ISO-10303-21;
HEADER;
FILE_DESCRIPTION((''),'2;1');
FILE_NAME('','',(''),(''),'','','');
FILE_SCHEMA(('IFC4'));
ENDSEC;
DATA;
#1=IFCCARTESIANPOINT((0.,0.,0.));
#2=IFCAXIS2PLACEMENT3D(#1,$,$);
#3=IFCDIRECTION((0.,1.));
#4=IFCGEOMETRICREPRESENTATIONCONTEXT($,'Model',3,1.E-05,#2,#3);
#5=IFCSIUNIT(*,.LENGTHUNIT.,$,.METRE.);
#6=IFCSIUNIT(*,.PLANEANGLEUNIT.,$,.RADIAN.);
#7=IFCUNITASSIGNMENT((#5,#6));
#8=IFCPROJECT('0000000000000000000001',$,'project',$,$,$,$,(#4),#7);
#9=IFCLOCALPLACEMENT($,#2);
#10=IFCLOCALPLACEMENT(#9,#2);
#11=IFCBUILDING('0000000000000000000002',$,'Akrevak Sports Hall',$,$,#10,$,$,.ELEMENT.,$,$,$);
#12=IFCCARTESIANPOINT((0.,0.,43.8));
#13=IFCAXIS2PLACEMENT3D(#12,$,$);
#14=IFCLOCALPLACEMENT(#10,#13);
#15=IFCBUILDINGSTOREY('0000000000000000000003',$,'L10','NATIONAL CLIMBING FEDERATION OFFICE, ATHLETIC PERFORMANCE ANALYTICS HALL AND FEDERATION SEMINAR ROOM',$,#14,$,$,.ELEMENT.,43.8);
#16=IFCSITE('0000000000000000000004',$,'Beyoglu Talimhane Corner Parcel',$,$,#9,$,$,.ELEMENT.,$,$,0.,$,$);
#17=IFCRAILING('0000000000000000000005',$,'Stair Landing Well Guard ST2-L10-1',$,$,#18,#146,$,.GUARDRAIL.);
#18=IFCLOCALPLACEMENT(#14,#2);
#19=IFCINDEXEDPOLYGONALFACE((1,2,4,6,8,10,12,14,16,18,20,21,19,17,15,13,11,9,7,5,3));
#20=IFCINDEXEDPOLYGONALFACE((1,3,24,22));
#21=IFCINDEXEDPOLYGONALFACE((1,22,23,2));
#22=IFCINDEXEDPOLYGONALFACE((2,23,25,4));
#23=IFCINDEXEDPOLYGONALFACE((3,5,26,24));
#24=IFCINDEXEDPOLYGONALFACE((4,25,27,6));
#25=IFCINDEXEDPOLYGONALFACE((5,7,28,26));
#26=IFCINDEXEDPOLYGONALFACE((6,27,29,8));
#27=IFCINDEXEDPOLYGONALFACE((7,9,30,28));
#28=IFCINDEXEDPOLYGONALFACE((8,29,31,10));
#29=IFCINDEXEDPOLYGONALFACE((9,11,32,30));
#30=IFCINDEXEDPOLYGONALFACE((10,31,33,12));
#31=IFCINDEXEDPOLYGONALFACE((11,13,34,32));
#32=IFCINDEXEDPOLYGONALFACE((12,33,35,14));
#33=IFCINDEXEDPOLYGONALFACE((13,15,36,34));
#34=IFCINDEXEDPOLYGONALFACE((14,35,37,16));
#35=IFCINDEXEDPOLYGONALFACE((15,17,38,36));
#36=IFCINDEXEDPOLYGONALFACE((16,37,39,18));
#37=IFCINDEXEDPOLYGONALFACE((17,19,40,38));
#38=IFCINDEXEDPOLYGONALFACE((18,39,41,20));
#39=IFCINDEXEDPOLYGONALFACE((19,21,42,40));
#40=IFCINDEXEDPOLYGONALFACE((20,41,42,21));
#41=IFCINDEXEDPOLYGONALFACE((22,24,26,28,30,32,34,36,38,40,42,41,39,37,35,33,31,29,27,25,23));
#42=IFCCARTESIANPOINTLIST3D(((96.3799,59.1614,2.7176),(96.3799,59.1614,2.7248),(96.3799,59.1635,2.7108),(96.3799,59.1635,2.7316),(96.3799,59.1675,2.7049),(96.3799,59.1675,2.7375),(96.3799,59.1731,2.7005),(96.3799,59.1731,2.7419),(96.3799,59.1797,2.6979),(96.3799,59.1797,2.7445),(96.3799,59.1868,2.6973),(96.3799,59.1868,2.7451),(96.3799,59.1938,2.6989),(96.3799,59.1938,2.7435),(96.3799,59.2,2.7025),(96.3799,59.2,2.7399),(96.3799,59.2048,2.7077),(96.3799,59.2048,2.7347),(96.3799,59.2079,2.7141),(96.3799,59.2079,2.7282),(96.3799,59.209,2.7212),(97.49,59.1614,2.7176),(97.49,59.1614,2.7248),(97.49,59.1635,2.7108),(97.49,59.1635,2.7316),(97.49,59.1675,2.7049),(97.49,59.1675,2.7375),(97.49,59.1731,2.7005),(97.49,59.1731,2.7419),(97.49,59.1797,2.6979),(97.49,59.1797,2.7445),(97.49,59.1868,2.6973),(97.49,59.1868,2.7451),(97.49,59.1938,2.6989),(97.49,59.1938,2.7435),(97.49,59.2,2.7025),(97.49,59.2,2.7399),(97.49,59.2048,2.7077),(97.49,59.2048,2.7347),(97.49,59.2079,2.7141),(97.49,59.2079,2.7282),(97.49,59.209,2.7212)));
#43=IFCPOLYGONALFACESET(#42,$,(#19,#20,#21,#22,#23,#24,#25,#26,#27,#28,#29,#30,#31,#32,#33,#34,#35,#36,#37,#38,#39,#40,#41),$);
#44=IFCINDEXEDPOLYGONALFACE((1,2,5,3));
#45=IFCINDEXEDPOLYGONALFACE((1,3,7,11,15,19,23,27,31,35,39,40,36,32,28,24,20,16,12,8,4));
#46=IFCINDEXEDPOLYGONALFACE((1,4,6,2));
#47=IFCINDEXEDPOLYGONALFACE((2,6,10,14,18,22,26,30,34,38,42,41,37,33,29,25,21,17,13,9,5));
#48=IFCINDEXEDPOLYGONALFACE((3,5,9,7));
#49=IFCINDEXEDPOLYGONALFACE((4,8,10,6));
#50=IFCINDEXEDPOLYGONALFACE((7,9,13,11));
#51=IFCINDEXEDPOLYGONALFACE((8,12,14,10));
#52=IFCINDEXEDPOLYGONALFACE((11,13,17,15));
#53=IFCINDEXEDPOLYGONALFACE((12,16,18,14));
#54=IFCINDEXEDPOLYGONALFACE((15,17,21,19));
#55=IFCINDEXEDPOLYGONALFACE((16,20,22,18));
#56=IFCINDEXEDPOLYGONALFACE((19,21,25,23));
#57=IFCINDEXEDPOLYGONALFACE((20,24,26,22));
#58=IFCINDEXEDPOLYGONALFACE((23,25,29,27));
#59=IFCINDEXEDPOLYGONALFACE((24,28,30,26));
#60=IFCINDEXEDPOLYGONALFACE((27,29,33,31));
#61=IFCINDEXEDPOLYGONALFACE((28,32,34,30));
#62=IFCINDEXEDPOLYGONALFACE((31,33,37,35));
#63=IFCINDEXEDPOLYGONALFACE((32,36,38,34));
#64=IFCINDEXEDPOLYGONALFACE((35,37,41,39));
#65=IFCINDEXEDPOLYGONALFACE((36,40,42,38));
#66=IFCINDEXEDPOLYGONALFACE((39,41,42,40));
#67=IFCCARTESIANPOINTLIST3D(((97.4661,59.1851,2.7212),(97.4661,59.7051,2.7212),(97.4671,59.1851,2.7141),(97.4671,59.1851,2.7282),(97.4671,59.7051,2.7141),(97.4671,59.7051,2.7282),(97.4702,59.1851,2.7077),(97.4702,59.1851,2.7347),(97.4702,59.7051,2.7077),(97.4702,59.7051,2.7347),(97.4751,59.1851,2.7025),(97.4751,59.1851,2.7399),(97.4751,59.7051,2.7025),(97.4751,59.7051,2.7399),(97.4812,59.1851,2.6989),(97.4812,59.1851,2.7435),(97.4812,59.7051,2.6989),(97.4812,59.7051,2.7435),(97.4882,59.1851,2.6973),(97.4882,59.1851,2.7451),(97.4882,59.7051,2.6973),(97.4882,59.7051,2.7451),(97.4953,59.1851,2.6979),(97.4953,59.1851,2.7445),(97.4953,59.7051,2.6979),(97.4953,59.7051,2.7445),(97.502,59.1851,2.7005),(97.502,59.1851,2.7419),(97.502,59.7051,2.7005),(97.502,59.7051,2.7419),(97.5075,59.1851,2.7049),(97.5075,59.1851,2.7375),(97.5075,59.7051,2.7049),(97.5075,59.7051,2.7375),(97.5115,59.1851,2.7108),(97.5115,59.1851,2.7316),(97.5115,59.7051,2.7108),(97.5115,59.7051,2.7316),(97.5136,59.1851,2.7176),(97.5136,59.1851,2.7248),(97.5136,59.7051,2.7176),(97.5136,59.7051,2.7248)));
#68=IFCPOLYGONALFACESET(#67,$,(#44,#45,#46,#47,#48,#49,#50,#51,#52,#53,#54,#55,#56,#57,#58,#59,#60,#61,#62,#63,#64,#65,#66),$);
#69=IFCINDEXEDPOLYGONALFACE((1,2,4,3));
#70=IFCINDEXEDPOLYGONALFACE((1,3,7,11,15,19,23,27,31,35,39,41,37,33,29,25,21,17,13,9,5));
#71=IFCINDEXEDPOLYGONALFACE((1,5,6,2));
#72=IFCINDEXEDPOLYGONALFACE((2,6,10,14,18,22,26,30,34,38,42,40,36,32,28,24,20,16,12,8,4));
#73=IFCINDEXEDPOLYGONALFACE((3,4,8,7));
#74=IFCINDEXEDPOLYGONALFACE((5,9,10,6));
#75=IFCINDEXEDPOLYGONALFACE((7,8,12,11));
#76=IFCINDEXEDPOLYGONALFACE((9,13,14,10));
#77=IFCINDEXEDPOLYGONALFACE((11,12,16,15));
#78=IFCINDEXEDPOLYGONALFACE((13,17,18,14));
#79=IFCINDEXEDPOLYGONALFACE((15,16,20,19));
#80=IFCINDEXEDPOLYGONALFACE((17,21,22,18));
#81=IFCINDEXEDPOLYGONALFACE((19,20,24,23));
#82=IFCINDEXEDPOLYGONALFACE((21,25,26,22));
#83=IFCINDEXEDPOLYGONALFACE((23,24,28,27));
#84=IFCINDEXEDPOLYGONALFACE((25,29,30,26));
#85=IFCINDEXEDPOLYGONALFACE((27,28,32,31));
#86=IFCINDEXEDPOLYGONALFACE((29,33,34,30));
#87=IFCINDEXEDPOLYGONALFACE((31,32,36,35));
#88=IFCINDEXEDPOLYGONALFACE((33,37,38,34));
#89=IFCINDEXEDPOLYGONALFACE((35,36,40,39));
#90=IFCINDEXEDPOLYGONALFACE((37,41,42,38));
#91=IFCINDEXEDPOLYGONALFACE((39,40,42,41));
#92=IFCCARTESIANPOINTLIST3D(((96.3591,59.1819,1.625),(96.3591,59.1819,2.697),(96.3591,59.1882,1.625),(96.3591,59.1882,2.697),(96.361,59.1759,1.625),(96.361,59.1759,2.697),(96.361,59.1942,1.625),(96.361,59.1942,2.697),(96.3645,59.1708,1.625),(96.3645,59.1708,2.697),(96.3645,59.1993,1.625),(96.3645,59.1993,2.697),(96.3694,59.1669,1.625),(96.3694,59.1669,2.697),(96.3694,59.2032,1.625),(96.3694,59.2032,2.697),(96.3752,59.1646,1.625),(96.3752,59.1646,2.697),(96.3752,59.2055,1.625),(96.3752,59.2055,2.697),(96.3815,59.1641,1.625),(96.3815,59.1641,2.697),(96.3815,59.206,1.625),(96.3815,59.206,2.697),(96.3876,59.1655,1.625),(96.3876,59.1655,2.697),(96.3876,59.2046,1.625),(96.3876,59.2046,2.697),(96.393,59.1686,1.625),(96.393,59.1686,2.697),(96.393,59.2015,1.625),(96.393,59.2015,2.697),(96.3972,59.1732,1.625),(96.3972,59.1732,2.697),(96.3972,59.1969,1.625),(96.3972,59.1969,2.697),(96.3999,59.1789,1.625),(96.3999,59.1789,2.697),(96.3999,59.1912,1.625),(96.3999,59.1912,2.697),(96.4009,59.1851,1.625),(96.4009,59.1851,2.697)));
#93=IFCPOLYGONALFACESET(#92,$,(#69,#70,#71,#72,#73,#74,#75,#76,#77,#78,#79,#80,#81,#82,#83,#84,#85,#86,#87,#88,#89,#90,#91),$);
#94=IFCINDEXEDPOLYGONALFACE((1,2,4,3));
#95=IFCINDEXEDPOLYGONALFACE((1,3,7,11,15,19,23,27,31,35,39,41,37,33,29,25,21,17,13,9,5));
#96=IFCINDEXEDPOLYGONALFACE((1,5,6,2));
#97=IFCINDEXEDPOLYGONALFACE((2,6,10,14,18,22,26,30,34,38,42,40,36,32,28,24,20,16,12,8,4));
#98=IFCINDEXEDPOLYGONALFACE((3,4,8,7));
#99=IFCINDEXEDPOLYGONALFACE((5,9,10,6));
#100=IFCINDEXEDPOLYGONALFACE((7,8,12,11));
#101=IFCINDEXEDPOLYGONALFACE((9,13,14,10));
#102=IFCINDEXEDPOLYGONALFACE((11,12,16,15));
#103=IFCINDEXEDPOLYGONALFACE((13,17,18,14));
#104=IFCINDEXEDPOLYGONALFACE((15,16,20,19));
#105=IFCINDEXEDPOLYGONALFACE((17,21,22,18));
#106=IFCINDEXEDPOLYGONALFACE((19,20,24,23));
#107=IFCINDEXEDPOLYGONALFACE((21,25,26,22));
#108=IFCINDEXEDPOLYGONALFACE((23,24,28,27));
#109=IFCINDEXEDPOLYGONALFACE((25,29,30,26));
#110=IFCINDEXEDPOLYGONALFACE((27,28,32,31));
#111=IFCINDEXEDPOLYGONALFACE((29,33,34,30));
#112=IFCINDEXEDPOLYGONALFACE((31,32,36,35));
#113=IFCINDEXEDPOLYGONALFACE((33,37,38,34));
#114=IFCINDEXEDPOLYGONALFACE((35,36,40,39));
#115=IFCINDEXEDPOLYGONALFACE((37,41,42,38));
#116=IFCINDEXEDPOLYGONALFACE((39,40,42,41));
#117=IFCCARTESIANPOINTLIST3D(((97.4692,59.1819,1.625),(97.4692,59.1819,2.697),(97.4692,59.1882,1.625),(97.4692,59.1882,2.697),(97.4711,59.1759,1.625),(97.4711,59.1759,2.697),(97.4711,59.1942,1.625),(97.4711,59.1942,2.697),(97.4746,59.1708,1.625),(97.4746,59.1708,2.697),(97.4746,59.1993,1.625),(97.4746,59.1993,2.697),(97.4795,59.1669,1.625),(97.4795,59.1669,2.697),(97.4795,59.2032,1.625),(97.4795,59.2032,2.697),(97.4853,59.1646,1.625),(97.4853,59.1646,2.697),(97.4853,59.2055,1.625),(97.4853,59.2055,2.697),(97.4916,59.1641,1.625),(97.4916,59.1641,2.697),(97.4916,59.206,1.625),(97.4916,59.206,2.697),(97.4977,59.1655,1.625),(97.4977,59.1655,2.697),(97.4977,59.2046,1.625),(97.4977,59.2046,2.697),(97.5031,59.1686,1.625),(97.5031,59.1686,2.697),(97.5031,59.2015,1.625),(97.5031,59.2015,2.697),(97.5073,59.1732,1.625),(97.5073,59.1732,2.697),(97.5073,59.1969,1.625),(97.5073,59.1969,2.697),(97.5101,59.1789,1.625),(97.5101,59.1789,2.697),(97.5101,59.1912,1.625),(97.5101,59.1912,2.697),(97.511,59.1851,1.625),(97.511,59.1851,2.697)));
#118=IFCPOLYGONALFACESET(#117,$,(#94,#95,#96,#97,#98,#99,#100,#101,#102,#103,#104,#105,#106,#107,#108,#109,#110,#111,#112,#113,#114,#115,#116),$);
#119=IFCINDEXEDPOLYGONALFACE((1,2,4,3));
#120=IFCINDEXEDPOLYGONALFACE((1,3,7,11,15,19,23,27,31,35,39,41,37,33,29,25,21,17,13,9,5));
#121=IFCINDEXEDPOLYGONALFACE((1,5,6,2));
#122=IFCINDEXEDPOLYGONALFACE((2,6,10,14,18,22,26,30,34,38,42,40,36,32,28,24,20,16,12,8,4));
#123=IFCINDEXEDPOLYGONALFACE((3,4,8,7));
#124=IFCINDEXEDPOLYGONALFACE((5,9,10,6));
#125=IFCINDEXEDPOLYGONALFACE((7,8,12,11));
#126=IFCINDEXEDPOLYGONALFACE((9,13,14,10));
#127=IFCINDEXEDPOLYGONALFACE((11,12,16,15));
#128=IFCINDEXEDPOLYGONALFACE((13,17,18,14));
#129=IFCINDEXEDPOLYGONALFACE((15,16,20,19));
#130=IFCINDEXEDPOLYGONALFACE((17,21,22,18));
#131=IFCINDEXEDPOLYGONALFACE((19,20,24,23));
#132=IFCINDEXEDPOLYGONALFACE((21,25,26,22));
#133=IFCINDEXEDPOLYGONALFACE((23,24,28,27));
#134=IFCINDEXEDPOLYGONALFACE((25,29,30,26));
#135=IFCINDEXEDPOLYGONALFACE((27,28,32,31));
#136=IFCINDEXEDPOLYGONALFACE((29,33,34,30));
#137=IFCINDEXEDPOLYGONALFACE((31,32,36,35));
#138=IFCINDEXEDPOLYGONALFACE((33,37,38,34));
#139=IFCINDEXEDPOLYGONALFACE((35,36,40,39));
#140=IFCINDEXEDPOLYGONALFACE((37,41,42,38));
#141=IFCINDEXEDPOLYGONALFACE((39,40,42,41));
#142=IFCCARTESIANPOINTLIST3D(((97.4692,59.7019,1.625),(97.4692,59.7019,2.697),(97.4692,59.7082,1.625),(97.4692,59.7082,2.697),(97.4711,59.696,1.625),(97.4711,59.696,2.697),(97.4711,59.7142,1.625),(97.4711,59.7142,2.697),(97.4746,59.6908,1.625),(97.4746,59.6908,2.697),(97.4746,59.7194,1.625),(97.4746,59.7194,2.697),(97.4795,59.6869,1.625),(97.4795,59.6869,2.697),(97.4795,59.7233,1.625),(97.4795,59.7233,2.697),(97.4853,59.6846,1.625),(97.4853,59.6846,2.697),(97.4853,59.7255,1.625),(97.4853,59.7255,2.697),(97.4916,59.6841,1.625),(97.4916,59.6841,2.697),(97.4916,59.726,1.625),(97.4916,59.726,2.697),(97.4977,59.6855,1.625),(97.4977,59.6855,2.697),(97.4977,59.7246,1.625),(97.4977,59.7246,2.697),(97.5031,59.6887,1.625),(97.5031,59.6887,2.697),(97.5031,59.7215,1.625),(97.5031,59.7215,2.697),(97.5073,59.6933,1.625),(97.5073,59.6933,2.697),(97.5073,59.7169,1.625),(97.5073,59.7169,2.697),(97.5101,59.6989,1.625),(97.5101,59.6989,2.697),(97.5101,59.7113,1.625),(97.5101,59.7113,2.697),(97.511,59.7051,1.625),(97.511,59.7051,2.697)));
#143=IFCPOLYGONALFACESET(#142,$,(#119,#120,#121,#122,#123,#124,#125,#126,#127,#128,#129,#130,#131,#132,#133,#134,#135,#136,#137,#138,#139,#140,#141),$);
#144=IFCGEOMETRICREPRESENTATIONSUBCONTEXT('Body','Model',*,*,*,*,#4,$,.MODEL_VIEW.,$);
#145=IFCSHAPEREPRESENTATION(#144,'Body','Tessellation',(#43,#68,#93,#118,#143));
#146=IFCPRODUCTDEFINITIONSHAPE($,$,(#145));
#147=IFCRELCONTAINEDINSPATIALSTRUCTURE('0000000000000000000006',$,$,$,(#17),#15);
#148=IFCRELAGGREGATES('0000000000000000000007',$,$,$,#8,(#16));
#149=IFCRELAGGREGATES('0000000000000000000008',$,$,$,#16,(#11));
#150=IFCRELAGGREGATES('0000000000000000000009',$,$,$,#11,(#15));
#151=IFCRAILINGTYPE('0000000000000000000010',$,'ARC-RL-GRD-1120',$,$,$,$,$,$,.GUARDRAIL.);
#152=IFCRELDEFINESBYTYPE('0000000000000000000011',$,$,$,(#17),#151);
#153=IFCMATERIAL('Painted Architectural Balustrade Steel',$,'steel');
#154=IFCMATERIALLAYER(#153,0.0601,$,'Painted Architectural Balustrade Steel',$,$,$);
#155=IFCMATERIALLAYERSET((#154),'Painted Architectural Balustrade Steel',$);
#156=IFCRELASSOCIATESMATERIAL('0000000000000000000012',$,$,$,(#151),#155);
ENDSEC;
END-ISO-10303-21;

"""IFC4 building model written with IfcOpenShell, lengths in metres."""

from ifc_helpers import new_model, si_unit, direction, frame, origin, origin_2d, place, context, subcontext, project, spatial, circle, extrude, material, layer, layer_set, type_object, element, save


model = new_model("IFC4")

# Units and contexts
model_context = context("Model", 3, precision=1e-05, world=origin(), true_north=direction((0.0, 1.0)))
body_context = subcontext(model_context, "Body", "Model", "MODEL_VIEW")
ifc_project = project(units=[si_unit("LENGTHUNIT", "METRE"), si_unit("PLANEANGLEUNIT", "RADIAN")], contexts=[model_context])

# Site, building, storey
site_placement = place(None, origin())
site = spatial("IfcSite", under=ifc_project, at=site_placement, Name="Beyoglu Talimhane Corner Parcel", CompositionType="ELEMENT", RefElevation=0.0)
building_placement = place(site_placement, origin())
building = spatial("IfcBuilding", under=site, at=building_placement, Name="Akrevak Sports Hall", CompositionType="ELEMENT")
storey_placement = place(building_placement, frame((0.0, 0.0, 43.8)))
storey = spatial("IfcBuildingStorey", under=building, at=storey_placement, Name="L10", Description="NATIONAL CLIMBING FEDERATION OFFICE, ATHLETIC PERFORMANCE ANALYTICS HALL AND FEDERATION SEMINAR ROOM", CompositionType="ELEMENT", Elevation=43.8)

# Railing
ifc_material_1 = material(Name="Painted Architectural Balustrade Steel", Category="steel")
ifc_layer_1 = layer(ifc_material_1, 0.0601, Name="Painted Architectural Balustrade Steel")
ifc_layer_set_1 = layer_set([ifc_layer_1], Name="Painted Architectural Balustrade Steel")
railing_type_1 = type_object("IfcRailingType", Name="ARC-RL-GRD-1120", PredefinedType="GUARDRAIL", material=ifc_layer_set_1)
railing_1_placement = place(storey_placement, frame((96.3799, 59.1851, 1.625)))
element("IfcRailing", 1, at=railing_1_placement, inside=storey, type_object=railing_type_1, Name="Stair Landing Well Guard ST2-L10-1", PredefinedType="GUARDRAIL", context=body_context, shape_type="SweptSolid", body=[
    extrude(circle(Radius=0.0239, at=origin_2d()), frame((0.0, 0.0, 1.0962), z_axis=(1.0, 0.0, 0.0), x_axis=(0.0, 1.0, 0.0)), (0.0, 0.0, 1.0), 1.1101),
    extrude(circle(Radius=0.0239, at=origin_2d()), frame((1.1101, 0.0, 1.0962), z_axis=(0.0, 1.0, 0.0), x_axis=(-1.0, 0.0, 0.0)), (0.0, 0.0, 1.0), 0.52),
    extrude(circle(Radius=0.021, at=origin_2d()), origin(), (0.0, 0.0, 1.0), 1.072),
    extrude(circle(Radius=0.021, at=origin_2d()), frame((1.1101, 0.0, 0.0)), (0.0, 0.0, 1.0), 1.072),
    extrude(circle(Radius=0.021, at=origin_2d()), frame((1.1101, 0.52, 0.0)), (0.0, 0.0, 1.0), 1.072),
])

save(model, "model.ifc")
